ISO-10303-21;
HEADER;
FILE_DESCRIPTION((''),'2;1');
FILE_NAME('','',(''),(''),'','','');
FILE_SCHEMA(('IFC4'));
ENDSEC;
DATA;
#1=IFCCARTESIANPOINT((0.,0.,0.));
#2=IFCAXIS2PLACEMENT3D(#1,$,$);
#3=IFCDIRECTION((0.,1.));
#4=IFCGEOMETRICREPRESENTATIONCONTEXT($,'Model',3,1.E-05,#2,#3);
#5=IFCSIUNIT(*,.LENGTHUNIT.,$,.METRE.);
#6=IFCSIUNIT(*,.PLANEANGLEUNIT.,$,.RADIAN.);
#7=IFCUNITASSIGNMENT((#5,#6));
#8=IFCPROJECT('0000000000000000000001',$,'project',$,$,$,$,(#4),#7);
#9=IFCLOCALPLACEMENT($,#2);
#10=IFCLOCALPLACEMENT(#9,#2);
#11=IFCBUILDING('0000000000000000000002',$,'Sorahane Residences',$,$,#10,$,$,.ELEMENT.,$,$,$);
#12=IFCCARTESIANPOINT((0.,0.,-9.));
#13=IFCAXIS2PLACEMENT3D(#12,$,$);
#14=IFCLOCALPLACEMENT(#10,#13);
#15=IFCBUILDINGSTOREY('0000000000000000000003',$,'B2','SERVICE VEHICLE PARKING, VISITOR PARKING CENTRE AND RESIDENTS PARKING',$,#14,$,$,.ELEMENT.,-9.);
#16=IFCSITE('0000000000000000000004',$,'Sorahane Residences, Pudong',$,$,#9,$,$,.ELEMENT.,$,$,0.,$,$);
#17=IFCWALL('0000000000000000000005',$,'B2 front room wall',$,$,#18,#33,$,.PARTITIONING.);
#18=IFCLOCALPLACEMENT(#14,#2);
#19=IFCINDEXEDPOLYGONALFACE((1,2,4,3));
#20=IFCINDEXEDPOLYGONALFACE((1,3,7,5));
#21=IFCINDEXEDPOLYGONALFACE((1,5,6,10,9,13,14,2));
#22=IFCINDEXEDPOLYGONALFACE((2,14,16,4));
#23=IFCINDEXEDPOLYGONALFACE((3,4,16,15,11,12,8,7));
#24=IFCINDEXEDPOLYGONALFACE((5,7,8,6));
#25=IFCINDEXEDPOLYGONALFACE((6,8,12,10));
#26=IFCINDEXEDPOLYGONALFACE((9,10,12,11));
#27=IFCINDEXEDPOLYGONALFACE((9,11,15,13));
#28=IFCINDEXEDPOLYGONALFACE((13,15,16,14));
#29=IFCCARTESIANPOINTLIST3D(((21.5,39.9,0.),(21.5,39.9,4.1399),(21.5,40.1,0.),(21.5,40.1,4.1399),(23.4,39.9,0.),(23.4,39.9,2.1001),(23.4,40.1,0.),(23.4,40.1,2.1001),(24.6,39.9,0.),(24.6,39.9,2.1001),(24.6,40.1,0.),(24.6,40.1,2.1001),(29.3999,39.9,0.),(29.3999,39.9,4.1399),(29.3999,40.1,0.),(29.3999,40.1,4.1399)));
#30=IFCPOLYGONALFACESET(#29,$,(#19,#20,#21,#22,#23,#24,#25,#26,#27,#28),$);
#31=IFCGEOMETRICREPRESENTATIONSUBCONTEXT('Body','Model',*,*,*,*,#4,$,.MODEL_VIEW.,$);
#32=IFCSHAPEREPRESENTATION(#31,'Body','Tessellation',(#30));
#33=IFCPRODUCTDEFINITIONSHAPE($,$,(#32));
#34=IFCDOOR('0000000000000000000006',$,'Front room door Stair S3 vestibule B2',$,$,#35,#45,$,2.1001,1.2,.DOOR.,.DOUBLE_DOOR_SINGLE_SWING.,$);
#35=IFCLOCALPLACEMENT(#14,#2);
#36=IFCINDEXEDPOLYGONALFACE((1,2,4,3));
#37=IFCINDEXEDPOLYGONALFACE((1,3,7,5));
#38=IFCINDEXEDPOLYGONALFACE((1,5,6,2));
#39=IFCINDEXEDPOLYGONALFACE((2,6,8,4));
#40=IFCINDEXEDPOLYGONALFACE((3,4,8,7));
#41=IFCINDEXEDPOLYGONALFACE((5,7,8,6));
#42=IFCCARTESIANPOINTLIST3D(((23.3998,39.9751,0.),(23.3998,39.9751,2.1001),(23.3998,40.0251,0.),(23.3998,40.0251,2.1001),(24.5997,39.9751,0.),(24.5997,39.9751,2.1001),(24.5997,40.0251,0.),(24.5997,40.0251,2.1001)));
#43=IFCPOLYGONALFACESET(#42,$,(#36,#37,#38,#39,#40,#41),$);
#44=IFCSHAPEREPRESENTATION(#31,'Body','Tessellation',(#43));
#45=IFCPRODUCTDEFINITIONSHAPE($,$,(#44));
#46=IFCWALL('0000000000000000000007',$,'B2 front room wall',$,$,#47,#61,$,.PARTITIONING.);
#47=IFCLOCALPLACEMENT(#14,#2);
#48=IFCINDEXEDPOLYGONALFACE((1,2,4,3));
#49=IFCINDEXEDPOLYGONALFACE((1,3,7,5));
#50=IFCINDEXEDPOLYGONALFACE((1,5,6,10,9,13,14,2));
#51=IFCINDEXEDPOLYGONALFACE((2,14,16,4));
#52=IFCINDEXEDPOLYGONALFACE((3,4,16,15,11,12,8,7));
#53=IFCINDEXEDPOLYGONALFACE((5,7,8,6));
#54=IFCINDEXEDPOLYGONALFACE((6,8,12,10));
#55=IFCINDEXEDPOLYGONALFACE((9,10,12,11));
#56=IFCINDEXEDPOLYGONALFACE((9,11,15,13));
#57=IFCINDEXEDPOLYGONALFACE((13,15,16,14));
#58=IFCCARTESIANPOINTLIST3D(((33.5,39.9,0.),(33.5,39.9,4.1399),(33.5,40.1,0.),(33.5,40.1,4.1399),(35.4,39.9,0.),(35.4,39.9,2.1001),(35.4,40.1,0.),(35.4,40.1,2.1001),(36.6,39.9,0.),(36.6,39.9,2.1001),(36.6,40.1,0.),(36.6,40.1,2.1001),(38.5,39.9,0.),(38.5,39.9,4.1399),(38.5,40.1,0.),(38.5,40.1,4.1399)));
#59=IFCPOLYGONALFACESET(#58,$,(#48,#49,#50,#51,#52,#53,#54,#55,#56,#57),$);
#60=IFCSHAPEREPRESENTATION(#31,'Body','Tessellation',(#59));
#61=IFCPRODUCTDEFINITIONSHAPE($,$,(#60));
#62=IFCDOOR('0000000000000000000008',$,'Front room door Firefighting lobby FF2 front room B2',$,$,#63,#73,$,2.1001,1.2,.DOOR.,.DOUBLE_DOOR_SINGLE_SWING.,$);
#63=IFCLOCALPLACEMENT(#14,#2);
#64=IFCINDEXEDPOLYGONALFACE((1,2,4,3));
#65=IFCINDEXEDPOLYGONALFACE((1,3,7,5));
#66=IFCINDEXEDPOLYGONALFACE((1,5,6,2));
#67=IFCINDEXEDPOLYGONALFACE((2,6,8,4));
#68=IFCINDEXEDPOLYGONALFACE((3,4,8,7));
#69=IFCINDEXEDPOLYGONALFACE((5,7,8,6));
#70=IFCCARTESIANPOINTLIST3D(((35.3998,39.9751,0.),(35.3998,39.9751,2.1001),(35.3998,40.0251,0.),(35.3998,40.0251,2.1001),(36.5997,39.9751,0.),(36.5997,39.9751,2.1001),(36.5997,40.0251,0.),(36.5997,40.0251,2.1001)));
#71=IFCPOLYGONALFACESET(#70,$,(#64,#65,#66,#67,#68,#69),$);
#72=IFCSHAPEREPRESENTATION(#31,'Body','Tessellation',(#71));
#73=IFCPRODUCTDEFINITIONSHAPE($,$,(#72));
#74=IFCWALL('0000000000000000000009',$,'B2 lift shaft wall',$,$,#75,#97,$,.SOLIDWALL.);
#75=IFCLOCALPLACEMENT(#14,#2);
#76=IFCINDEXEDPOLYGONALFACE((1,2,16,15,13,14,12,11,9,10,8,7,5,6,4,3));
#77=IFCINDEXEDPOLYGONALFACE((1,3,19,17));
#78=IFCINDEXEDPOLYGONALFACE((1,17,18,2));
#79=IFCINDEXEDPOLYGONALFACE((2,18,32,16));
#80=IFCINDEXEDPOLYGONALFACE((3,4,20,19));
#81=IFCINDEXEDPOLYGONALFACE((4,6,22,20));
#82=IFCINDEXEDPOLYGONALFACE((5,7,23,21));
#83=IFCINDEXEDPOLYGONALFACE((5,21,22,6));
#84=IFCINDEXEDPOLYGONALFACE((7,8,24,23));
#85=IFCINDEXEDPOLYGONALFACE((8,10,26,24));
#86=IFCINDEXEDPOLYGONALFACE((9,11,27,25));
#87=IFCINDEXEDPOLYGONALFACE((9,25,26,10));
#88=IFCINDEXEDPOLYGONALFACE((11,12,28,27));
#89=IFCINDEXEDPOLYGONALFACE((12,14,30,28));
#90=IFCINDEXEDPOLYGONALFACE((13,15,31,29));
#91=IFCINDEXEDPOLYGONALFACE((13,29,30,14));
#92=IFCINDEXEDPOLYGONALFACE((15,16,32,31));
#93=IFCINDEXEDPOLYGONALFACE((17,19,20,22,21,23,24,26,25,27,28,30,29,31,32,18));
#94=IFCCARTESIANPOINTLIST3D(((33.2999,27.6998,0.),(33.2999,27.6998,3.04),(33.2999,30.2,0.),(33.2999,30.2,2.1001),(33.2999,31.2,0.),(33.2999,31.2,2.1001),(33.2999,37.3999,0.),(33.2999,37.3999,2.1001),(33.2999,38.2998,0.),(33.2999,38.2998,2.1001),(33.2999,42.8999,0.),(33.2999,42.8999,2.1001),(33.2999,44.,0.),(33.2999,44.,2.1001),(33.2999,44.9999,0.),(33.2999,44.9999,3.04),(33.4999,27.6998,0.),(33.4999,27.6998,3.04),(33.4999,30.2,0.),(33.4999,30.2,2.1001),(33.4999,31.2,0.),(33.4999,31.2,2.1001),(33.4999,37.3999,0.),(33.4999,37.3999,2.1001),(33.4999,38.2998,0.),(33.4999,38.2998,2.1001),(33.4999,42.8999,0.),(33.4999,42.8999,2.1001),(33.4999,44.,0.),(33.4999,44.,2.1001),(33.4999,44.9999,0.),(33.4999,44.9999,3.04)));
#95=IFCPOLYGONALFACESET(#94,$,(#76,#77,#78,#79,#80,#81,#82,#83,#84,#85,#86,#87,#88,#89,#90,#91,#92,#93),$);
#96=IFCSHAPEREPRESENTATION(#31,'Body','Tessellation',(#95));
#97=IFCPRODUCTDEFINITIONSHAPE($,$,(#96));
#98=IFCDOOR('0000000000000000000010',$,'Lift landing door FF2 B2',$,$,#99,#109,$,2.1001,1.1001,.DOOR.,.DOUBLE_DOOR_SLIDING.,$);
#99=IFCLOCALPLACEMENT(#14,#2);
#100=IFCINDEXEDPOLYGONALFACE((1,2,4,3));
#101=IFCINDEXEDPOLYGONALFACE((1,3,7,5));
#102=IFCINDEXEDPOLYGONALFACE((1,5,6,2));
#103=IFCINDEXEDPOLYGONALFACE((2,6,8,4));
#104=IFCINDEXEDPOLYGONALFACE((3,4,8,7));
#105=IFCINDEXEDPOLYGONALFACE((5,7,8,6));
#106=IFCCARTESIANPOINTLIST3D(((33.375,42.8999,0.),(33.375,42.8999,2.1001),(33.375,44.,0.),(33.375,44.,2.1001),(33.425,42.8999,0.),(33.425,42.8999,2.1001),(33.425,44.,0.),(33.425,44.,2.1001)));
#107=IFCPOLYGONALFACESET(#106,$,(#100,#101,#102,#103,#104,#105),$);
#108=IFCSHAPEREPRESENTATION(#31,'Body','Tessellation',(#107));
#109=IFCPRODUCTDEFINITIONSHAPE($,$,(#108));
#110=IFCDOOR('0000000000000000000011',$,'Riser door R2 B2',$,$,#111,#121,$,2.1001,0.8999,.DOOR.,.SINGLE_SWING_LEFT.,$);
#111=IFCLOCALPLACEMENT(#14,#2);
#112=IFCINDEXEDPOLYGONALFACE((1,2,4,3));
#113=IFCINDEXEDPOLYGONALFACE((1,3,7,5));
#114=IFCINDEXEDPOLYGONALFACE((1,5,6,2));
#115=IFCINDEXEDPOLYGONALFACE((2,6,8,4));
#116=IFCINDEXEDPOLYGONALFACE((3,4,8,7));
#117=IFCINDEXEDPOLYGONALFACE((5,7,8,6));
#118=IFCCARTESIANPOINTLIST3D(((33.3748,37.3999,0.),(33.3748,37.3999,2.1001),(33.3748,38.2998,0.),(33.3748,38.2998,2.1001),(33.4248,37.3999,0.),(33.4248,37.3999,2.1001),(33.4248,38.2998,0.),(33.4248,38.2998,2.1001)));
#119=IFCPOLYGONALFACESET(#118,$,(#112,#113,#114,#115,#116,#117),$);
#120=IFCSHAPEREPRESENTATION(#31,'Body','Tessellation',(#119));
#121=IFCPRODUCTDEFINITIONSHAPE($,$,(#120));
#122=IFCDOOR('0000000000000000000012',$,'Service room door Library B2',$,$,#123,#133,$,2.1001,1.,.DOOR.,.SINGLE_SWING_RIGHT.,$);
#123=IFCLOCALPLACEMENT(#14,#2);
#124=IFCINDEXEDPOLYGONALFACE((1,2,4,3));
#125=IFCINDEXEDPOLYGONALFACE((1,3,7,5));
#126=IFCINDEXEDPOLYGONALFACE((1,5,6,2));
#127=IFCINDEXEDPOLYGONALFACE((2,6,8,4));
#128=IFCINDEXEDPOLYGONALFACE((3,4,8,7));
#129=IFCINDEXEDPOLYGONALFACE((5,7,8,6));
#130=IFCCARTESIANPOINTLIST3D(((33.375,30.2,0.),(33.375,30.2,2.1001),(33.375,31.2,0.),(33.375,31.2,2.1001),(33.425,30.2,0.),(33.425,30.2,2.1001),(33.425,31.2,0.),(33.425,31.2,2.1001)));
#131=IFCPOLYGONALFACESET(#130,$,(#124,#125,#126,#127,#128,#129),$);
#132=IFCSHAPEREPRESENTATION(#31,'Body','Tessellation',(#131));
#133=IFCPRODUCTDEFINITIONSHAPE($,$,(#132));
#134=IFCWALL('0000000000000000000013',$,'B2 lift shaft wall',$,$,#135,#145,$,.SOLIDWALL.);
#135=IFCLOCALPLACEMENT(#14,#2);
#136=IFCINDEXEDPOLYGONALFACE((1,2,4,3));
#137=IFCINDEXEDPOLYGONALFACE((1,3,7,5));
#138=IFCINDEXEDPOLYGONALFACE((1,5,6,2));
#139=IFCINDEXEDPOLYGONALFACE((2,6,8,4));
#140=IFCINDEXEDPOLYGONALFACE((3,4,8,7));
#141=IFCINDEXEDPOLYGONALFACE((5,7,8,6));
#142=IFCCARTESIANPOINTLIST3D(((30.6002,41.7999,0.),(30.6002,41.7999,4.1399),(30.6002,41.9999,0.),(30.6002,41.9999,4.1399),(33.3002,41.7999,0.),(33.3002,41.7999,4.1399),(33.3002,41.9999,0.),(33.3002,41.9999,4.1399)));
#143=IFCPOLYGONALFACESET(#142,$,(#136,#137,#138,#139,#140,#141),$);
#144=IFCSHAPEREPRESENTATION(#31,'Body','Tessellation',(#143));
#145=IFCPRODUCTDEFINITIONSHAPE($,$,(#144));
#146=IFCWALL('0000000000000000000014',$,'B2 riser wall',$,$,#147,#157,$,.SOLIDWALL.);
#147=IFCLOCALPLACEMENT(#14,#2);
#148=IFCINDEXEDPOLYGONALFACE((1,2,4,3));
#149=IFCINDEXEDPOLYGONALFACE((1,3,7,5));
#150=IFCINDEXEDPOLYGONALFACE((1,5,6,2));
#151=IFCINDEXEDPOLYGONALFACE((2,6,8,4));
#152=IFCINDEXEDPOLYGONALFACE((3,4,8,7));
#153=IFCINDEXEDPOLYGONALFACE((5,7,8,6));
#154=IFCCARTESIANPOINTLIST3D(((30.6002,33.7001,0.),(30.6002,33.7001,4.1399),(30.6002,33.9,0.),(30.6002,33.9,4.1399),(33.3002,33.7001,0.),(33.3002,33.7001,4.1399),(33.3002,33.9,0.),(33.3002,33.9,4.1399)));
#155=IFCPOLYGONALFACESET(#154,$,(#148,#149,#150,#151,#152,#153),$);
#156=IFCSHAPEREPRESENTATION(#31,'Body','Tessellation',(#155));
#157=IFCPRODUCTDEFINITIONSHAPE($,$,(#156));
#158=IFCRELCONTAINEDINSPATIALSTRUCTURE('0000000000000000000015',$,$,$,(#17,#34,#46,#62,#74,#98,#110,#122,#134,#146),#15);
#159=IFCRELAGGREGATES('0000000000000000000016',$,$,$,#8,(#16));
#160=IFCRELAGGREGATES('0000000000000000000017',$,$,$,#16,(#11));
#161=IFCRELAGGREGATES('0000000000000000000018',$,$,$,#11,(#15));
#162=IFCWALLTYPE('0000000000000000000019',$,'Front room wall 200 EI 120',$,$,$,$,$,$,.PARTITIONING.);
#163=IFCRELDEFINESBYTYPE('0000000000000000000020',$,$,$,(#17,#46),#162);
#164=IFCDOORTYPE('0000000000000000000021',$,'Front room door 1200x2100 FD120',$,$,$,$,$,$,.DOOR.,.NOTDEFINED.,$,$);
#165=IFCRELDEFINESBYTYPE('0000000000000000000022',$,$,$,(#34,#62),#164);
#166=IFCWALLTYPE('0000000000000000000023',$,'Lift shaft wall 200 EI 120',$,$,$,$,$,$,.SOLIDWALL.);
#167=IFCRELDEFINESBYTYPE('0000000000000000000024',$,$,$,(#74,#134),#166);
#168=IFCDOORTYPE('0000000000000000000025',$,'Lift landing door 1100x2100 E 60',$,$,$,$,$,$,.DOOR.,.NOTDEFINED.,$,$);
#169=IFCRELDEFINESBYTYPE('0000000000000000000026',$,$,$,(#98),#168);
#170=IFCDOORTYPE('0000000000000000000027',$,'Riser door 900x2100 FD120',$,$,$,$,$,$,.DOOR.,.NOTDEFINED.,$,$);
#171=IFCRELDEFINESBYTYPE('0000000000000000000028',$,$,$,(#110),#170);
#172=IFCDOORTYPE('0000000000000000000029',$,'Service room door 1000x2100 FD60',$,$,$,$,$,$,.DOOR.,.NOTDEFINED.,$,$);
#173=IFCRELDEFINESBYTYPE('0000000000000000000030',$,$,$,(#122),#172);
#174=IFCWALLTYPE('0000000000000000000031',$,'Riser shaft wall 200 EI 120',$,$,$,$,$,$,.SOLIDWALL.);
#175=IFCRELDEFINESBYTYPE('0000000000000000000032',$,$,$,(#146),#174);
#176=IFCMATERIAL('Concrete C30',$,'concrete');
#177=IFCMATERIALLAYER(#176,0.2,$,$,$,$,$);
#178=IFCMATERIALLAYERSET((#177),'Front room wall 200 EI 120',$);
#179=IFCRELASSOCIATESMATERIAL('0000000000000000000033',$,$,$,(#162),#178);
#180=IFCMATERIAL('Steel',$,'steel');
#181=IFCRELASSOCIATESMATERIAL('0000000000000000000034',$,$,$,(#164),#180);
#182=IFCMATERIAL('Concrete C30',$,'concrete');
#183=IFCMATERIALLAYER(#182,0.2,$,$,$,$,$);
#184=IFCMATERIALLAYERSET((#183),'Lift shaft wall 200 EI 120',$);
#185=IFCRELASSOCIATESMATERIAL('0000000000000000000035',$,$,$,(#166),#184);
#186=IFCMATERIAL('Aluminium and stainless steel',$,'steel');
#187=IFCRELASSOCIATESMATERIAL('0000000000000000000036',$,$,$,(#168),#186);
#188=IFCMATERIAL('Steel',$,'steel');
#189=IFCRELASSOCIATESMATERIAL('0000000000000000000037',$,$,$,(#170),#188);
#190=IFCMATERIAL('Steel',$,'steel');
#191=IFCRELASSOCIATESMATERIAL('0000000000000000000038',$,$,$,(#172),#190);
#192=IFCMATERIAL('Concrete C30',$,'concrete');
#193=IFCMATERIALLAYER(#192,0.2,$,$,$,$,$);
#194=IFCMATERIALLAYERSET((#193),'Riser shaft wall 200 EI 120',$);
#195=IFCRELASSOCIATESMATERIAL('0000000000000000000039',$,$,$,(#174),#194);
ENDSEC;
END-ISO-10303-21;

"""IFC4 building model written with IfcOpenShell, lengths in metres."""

from ifc_helpers import new_model, si_unit, direction, frame, frame_2d, origin, place, context, subcontext, project, spatial, rectangle, extrude, material, layer, layer_set, type_object, element, fill, save


model = new_model("IFC4")

# Units and contexts
model_context = context("Model", 3, precision=1e-05, world=origin(), true_north=direction((0.0, 1.0)))
body_context = subcontext(model_context, "Body", "Model", "MODEL_VIEW")
ifc_project = project(units=[si_unit("LENGTHUNIT", "METRE"), si_unit("PLANEANGLEUNIT", "RADIAN")], contexts=[model_context])

# Site, building, storey
site_placement = place(None, origin())
site = spatial("IfcSite", under=ifc_project, at=site_placement, Name="Sorahane Residences, Pudong", CompositionType="ELEMENT", RefElevation=0.0)
building_placement = place(site_placement, origin())
building = spatial("IfcBuilding", under=site, at=building_placement, Name="Sorahane Residences", CompositionType="ELEMENT")
storey_placement = place(building_placement, frame((0.0, 0.0, -9.0)))
storey = spatial("IfcBuildingStorey", under=building, at=storey_placement, Name="B2", Description="SERVICE VEHICLE PARKING, VISITOR PARKING CENTRE AND RESIDENTS PARKING", CompositionType="ELEMENT", Elevation=-9.0)

# Walls, openings, doors
ifc_material_1 = material(Name="Concrete C30", Category="concrete")
ifc_layer_1 = layer(ifc_material_1, 0.2)
ifc_layer_set_1 = layer_set([ifc_layer_1], Name="Front room wall 200 EI 120")
wall_type_1 = type_object("IfcWallType", Name="Front room wall 200 EI 120", PredefinedType="PARTITIONING", material=ifc_layer_set_1)
wall_1_placement = place(storey_placement, frame((21.5, 40.0, 0.0), z_axis=(0.0, 0.0, 1.0), x_axis=(1.0, 0.0, 0.0)))
wall_1 = element("IfcWall", 1, at=wall_1_placement, inside=storey, type_object=wall_type_1, Name="B2 front room wall", PredefinedType="PARTITIONING", context=body_context, shape_type="SweptSolid", body=[
    extrude(rectangle(XDim=7.8999, YDim=0.2, at=frame_2d((3.95, 0.0))), origin(), (0.0, 0.0, 1.0), 4.1399),
])
opening_1_placement = place(wall_1_placement, frame((1.8999, 0.0, 0.0)))
opening_1 = element("IfcOpeningElement", 2, at=opening_1_placement, cuts=wall_1, PredefinedType="OPENING", context=body_context, shape_type="SweptSolid", body=[
    extrude(rectangle(XDim=1.2, YDim=2.1001, at=frame_2d((0.6001, 1.05))), frame((0.0, 0.1099, 0.0), z_axis=(0.0, -1.0, 0.0), x_axis=(1.0, 0.0, 0.0)), (0.0, 0.0, 1.0), 0.22),
])
ifc_material_2 = material(Name="Steel", Category="steel")
door_type_1 = type_object("IfcDoorType", Name="Front room door 1200x2100 FD120", OperationType="NOTDEFINED", PredefinedType="DOOR", material=ifc_material_2)
door_1_placement = place(opening_1_placement, frame((1.2, 0.0, 0.0), z_axis=(0.0, 0.0, 1.0), x_axis=(-1.0, 0.0, 0.0)))
door_1 = element("IfcDoor", 3, at=door_1_placement, inside=storey, type_object=door_type_1, Name="Front room door Stair S3 vestibule B2", OperationType="DOUBLE_DOOR_SINGLE_SWING", OverallHeight=2.1001, OverallWidth=1.2, PredefinedType="DOOR", context=body_context, shape_type="SweptSolid", body=[
    extrude(rectangle(XDim=1.2, YDim=2.1001, at=frame_2d((0.6001, 1.05))), frame((0.0, 0.0249, 0.0), z_axis=(0.0, -1.0, 0.0), x_axis=(1.0, 0.0, 0.0)), (0.0, 0.0, 1.0), 0.05),
])
fill(opening_1, door_1)
wall_2_placement = place(storey_placement, frame((33.5, 40.0, 0.0), z_axis=(0.0, 0.0, 1.0), x_axis=(1.0, 0.0, 0.0)))
wall_2 = element("IfcWall", 4, at=wall_2_placement, inside=storey, type_object=wall_type_1, Name="B2 front room wall", PredefinedType="PARTITIONING", context=body_context, shape_type="SweptSolid", body=[
    extrude(rectangle(XDim=5.0, YDim=0.2, at=frame_2d((2.5, 0.0))), origin(), (0.0, 0.0, 1.0), 4.1399),
])
opening_2_placement = place(wall_2_placement, frame((1.8999, 0.0, 0.0)))
opening_2 = element("IfcOpeningElement", 5, at=opening_2_placement, cuts=wall_2, PredefinedType="OPENING", context=body_context, shape_type="SweptSolid", body=[
    extrude(rectangle(XDim=1.2, YDim=2.1001, at=frame_2d((0.6001, 1.05))), frame((0.0, 0.1099, 0.0), z_axis=(0.0, -1.0, 0.0), x_axis=(1.0, 0.0, 0.0)), (0.0, 0.0, 1.0), 0.22),
])
door_2_placement = place(opening_2_placement, frame((1.2, 0.0, 0.0), z_axis=(0.0, 0.0, 1.0), x_axis=(-1.0, 0.0, 0.0)))
door_2 = element("IfcDoor", 6, at=door_2_placement, inside=storey, type_object=door_type_1, Name="Front room door Firefighting lobby FF2 front room B2", OperationType="DOUBLE_DOOR_SINGLE_SWING", OverallHeight=2.1001, OverallWidth=1.2, PredefinedType="DOOR", context=body_context, shape_type="SweptSolid", body=[
    extrude(rectangle(XDim=1.2, YDim=2.1001, at=frame_2d((0.6001, 1.05))), frame((0.0, 0.0249, 0.0), z_axis=(0.0, -1.0, 0.0), x_axis=(1.0, 0.0, 0.0)), (0.0, 0.0, 1.0), 0.05),
])
fill(opening_2, door_2)

# Wall, openings, doors
ifc_material_3 = material(Name="Concrete C30", Category="concrete")
ifc_layer_2 = layer(ifc_material_3, 0.2)
ifc_layer_set_2 = layer_set([ifc_layer_2], Name="Lift shaft wall 200 EI 120")
wall_type_2 = type_object("IfcWallType", Name="Lift shaft wall 200 EI 120", PredefinedType="SOLIDWALL", material=ifc_layer_set_2)
wall_3_placement = place(storey_placement, frame((33.3999, 27.7, 0.0), z_axis=(0.0, 0.0, 1.0), x_axis=(0.0, 1.0, 0.0)))
wall_3 = element("IfcWall", 7, at=wall_3_placement, inside=storey, type_object=wall_type_2, Name="B2 lift shaft wall", PredefinedType="SOLIDWALL", context=body_context, shape_type="SweptSolid", body=[
    extrude(rectangle(XDim=17.3, YDim=0.2, at=frame_2d((8.6499, 0.0))), origin(), (0.0, 0.0, 1.0), 3.04),
])
opening_3_placement = place(wall_3_placement, frame((15.2, 0.0, 0.0)))
opening_3 = element("IfcOpeningElement", 8, at=opening_3_placement, cuts=wall_3, PredefinedType="OPENING", context=body_context, shape_type="SweptSolid", body=[
    extrude(rectangle(XDim=1.1001, YDim=2.1001, at=frame_2d((0.55, 1.05))), frame((0.0, 0.1099, 0.0), z_axis=(0.0, -1.0, 0.0), x_axis=(1.0, 0.0, 0.0)), (0.0, 0.0, 1.0), 0.22),
])
opening_4_placement = place(wall_3_placement, frame((2.5, 0.0, 0.0)))
opening_4 = element("IfcOpeningElement", 9, at=opening_4_placement, cuts=wall_3, PredefinedType="OPENING", context=body_context, shape_type="SweptSolid", body=[
    extrude(rectangle(XDim=1.0, YDim=2.1001, at=frame_2d((0.5, 1.05))), frame((0.0, 0.1099, 0.0), z_axis=(0.0, -1.0, 0.0), x_axis=(1.0, 0.0, 0.0)), (0.0, 0.0, 1.0), 0.22),
])
opening_5_placement = place(wall_3_placement, frame((9.7, 0.0, 0.0)))
opening_5 = element("IfcOpeningElement", 10, at=opening_5_placement, cuts=wall_3, PredefinedType="OPENING", context=body_context, shape_type="SweptSolid", body=[
    extrude(rectangle(XDim=0.8999, YDim=2.1001, at=frame_2d((0.45, 1.05))), frame((0.0, 0.1099, 0.0), z_axis=(0.0, -1.0, 0.0), x_axis=(1.0, 0.0, 0.0)), (0.0, 0.0, 1.0), 0.22),
])
ifc_material_4 = material(Name="Aluminium and stainless steel", Category="steel")
door_type_2 = type_object("IfcDoorType", Name="Lift landing door 1100x2100 E 60", OperationType="NOTDEFINED", PredefinedType="DOOR", material=ifc_material_4)
door_3_placement = place(opening_3_placement, origin())
door_3 = element("IfcDoor", 11, at=door_3_placement, inside=storey, type_object=door_type_2, Name="Lift landing door FF2 B2", OperationType="DOUBLE_DOOR_SLIDING", OverallHeight=2.1001, OverallWidth=1.1001, PredefinedType="DOOR", context=body_context, shape_type="SweptSolid", body=[
    extrude(rectangle(XDim=1.1001, YDim=2.1001, at=frame_2d((0.55, 1.05))), frame((0.0, 0.0249, 0.0), z_axis=(0.0, -1.0, 0.0), x_axis=(1.0, 0.0, 0.0)), (0.0, 0.0, 1.0), 0.05),
])
fill(opening_3, door_3)
ifc_material_5 = material(Name="Steel", Category="steel")
door_type_3 = type_object("IfcDoorType", Name="Riser door 900x2100 FD120", OperationType="NOTDEFINED", PredefinedType="DOOR", material=ifc_material_5)
door_4_placement = place(opening_5_placement, frame((0.8999, 0.0, 0.0), z_axis=(0.0, 0.0, 1.0), x_axis=(-1.0, 0.0, 0.0)))
door_4 = element("IfcDoor", 12, at=door_4_placement, inside=storey, type_object=door_type_3, Name="Riser door R2 B2", OperationType="SINGLE_SWING_LEFT", OverallHeight=2.1001, OverallWidth=0.8999, PredefinedType="DOOR", context=body_context, shape_type="SweptSolid", body=[
    extrude(rectangle(XDim=0.8999, YDim=2.1001, at=frame_2d((0.45, 1.05))), frame((0.0, 0.0249, 0.0), z_axis=(0.0, -1.0, 0.0), x_axis=(1.0, 0.0, 0.0)), (0.0, 0.0, 1.0), 0.05),
])
fill(opening_5, door_4)
ifc_material_6 = material(Name="Steel", Category="steel")
door_type_4 = type_object("IfcDoorType", Name="Service room door 1000x2100 FD60", OperationType="NOTDEFINED", PredefinedType="DOOR", material=ifc_material_6)
door_5_placement = place(opening_4_placement, origin())
door_5 = element("IfcDoor", 13, at=door_5_placement, inside=storey, type_object=door_type_4, Name="Service room door Library B2", OperationType="SINGLE_SWING_RIGHT", OverallHeight=2.1001, OverallWidth=1.0, PredefinedType="DOOR", context=body_context, shape_type="SweptSolid", body=[
    extrude(rectangle(XDim=1.0, YDim=2.1001, at=frame_2d((0.5, 1.05))), frame((0.0, 0.0249, 0.0), z_axis=(0.0, -1.0, 0.0), x_axis=(1.0, 0.0, 0.0)), (0.0, 0.0, 1.0), 0.05),
])
fill(opening_4, door_5)

# Walls
wall_4_placement = place(storey_placement, frame((30.6001, 41.8999, 0.0), z_axis=(0.0, 0.0, 1.0), x_axis=(1.0, 0.0, 0.0)))
element("IfcWall", 14, at=wall_4_placement, inside=storey, type_object=wall_type_2, Name="B2 lift shaft wall", PredefinedType="SOLIDWALL", context=body_context, shape_type="SweptSolid", body=[
    extrude(rectangle(XDim=2.7, YDim=0.2, at=frame_2d((1.3501, 0.0))), origin(), (0.0, 0.0, 1.0), 4.1399),
])
ifc_material_7 = material(Name="Concrete C30", Category="concrete")
ifc_layer_3 = layer(ifc_material_7, 0.2)
ifc_layer_set_3 = layer_set([ifc_layer_3], Name="Riser shaft wall 200 EI 120")
wall_type_3 = type_object("IfcWallType", Name="Riser shaft wall 200 EI 120", PredefinedType="SOLIDWALL", material=ifc_layer_set_3)
for number, where, z_axis, x_axis, name in (
    (15, (30.6001, 33.8, 0.0), (0.0, 0.0, 1.0), (1.0, 0.0, 0.0), "B2 riser wall"),
):
    element("IfcWall", number, at=place(storey_placement, frame(where, z_axis=z_axis, x_axis=x_axis)), inside=storey, type_object=wall_type_3, Name=name, PredefinedType="SOLIDWALL", context=body_context, shape_type="SweptSolid", body=[
        extrude(rectangle(XDim=2.7, YDim=0.2, at=frame_2d((1.3501, 0.0))), origin(), (0.0, 0.0, 1.0), 4.1399),
    ])

save(model, "model.ifc")
